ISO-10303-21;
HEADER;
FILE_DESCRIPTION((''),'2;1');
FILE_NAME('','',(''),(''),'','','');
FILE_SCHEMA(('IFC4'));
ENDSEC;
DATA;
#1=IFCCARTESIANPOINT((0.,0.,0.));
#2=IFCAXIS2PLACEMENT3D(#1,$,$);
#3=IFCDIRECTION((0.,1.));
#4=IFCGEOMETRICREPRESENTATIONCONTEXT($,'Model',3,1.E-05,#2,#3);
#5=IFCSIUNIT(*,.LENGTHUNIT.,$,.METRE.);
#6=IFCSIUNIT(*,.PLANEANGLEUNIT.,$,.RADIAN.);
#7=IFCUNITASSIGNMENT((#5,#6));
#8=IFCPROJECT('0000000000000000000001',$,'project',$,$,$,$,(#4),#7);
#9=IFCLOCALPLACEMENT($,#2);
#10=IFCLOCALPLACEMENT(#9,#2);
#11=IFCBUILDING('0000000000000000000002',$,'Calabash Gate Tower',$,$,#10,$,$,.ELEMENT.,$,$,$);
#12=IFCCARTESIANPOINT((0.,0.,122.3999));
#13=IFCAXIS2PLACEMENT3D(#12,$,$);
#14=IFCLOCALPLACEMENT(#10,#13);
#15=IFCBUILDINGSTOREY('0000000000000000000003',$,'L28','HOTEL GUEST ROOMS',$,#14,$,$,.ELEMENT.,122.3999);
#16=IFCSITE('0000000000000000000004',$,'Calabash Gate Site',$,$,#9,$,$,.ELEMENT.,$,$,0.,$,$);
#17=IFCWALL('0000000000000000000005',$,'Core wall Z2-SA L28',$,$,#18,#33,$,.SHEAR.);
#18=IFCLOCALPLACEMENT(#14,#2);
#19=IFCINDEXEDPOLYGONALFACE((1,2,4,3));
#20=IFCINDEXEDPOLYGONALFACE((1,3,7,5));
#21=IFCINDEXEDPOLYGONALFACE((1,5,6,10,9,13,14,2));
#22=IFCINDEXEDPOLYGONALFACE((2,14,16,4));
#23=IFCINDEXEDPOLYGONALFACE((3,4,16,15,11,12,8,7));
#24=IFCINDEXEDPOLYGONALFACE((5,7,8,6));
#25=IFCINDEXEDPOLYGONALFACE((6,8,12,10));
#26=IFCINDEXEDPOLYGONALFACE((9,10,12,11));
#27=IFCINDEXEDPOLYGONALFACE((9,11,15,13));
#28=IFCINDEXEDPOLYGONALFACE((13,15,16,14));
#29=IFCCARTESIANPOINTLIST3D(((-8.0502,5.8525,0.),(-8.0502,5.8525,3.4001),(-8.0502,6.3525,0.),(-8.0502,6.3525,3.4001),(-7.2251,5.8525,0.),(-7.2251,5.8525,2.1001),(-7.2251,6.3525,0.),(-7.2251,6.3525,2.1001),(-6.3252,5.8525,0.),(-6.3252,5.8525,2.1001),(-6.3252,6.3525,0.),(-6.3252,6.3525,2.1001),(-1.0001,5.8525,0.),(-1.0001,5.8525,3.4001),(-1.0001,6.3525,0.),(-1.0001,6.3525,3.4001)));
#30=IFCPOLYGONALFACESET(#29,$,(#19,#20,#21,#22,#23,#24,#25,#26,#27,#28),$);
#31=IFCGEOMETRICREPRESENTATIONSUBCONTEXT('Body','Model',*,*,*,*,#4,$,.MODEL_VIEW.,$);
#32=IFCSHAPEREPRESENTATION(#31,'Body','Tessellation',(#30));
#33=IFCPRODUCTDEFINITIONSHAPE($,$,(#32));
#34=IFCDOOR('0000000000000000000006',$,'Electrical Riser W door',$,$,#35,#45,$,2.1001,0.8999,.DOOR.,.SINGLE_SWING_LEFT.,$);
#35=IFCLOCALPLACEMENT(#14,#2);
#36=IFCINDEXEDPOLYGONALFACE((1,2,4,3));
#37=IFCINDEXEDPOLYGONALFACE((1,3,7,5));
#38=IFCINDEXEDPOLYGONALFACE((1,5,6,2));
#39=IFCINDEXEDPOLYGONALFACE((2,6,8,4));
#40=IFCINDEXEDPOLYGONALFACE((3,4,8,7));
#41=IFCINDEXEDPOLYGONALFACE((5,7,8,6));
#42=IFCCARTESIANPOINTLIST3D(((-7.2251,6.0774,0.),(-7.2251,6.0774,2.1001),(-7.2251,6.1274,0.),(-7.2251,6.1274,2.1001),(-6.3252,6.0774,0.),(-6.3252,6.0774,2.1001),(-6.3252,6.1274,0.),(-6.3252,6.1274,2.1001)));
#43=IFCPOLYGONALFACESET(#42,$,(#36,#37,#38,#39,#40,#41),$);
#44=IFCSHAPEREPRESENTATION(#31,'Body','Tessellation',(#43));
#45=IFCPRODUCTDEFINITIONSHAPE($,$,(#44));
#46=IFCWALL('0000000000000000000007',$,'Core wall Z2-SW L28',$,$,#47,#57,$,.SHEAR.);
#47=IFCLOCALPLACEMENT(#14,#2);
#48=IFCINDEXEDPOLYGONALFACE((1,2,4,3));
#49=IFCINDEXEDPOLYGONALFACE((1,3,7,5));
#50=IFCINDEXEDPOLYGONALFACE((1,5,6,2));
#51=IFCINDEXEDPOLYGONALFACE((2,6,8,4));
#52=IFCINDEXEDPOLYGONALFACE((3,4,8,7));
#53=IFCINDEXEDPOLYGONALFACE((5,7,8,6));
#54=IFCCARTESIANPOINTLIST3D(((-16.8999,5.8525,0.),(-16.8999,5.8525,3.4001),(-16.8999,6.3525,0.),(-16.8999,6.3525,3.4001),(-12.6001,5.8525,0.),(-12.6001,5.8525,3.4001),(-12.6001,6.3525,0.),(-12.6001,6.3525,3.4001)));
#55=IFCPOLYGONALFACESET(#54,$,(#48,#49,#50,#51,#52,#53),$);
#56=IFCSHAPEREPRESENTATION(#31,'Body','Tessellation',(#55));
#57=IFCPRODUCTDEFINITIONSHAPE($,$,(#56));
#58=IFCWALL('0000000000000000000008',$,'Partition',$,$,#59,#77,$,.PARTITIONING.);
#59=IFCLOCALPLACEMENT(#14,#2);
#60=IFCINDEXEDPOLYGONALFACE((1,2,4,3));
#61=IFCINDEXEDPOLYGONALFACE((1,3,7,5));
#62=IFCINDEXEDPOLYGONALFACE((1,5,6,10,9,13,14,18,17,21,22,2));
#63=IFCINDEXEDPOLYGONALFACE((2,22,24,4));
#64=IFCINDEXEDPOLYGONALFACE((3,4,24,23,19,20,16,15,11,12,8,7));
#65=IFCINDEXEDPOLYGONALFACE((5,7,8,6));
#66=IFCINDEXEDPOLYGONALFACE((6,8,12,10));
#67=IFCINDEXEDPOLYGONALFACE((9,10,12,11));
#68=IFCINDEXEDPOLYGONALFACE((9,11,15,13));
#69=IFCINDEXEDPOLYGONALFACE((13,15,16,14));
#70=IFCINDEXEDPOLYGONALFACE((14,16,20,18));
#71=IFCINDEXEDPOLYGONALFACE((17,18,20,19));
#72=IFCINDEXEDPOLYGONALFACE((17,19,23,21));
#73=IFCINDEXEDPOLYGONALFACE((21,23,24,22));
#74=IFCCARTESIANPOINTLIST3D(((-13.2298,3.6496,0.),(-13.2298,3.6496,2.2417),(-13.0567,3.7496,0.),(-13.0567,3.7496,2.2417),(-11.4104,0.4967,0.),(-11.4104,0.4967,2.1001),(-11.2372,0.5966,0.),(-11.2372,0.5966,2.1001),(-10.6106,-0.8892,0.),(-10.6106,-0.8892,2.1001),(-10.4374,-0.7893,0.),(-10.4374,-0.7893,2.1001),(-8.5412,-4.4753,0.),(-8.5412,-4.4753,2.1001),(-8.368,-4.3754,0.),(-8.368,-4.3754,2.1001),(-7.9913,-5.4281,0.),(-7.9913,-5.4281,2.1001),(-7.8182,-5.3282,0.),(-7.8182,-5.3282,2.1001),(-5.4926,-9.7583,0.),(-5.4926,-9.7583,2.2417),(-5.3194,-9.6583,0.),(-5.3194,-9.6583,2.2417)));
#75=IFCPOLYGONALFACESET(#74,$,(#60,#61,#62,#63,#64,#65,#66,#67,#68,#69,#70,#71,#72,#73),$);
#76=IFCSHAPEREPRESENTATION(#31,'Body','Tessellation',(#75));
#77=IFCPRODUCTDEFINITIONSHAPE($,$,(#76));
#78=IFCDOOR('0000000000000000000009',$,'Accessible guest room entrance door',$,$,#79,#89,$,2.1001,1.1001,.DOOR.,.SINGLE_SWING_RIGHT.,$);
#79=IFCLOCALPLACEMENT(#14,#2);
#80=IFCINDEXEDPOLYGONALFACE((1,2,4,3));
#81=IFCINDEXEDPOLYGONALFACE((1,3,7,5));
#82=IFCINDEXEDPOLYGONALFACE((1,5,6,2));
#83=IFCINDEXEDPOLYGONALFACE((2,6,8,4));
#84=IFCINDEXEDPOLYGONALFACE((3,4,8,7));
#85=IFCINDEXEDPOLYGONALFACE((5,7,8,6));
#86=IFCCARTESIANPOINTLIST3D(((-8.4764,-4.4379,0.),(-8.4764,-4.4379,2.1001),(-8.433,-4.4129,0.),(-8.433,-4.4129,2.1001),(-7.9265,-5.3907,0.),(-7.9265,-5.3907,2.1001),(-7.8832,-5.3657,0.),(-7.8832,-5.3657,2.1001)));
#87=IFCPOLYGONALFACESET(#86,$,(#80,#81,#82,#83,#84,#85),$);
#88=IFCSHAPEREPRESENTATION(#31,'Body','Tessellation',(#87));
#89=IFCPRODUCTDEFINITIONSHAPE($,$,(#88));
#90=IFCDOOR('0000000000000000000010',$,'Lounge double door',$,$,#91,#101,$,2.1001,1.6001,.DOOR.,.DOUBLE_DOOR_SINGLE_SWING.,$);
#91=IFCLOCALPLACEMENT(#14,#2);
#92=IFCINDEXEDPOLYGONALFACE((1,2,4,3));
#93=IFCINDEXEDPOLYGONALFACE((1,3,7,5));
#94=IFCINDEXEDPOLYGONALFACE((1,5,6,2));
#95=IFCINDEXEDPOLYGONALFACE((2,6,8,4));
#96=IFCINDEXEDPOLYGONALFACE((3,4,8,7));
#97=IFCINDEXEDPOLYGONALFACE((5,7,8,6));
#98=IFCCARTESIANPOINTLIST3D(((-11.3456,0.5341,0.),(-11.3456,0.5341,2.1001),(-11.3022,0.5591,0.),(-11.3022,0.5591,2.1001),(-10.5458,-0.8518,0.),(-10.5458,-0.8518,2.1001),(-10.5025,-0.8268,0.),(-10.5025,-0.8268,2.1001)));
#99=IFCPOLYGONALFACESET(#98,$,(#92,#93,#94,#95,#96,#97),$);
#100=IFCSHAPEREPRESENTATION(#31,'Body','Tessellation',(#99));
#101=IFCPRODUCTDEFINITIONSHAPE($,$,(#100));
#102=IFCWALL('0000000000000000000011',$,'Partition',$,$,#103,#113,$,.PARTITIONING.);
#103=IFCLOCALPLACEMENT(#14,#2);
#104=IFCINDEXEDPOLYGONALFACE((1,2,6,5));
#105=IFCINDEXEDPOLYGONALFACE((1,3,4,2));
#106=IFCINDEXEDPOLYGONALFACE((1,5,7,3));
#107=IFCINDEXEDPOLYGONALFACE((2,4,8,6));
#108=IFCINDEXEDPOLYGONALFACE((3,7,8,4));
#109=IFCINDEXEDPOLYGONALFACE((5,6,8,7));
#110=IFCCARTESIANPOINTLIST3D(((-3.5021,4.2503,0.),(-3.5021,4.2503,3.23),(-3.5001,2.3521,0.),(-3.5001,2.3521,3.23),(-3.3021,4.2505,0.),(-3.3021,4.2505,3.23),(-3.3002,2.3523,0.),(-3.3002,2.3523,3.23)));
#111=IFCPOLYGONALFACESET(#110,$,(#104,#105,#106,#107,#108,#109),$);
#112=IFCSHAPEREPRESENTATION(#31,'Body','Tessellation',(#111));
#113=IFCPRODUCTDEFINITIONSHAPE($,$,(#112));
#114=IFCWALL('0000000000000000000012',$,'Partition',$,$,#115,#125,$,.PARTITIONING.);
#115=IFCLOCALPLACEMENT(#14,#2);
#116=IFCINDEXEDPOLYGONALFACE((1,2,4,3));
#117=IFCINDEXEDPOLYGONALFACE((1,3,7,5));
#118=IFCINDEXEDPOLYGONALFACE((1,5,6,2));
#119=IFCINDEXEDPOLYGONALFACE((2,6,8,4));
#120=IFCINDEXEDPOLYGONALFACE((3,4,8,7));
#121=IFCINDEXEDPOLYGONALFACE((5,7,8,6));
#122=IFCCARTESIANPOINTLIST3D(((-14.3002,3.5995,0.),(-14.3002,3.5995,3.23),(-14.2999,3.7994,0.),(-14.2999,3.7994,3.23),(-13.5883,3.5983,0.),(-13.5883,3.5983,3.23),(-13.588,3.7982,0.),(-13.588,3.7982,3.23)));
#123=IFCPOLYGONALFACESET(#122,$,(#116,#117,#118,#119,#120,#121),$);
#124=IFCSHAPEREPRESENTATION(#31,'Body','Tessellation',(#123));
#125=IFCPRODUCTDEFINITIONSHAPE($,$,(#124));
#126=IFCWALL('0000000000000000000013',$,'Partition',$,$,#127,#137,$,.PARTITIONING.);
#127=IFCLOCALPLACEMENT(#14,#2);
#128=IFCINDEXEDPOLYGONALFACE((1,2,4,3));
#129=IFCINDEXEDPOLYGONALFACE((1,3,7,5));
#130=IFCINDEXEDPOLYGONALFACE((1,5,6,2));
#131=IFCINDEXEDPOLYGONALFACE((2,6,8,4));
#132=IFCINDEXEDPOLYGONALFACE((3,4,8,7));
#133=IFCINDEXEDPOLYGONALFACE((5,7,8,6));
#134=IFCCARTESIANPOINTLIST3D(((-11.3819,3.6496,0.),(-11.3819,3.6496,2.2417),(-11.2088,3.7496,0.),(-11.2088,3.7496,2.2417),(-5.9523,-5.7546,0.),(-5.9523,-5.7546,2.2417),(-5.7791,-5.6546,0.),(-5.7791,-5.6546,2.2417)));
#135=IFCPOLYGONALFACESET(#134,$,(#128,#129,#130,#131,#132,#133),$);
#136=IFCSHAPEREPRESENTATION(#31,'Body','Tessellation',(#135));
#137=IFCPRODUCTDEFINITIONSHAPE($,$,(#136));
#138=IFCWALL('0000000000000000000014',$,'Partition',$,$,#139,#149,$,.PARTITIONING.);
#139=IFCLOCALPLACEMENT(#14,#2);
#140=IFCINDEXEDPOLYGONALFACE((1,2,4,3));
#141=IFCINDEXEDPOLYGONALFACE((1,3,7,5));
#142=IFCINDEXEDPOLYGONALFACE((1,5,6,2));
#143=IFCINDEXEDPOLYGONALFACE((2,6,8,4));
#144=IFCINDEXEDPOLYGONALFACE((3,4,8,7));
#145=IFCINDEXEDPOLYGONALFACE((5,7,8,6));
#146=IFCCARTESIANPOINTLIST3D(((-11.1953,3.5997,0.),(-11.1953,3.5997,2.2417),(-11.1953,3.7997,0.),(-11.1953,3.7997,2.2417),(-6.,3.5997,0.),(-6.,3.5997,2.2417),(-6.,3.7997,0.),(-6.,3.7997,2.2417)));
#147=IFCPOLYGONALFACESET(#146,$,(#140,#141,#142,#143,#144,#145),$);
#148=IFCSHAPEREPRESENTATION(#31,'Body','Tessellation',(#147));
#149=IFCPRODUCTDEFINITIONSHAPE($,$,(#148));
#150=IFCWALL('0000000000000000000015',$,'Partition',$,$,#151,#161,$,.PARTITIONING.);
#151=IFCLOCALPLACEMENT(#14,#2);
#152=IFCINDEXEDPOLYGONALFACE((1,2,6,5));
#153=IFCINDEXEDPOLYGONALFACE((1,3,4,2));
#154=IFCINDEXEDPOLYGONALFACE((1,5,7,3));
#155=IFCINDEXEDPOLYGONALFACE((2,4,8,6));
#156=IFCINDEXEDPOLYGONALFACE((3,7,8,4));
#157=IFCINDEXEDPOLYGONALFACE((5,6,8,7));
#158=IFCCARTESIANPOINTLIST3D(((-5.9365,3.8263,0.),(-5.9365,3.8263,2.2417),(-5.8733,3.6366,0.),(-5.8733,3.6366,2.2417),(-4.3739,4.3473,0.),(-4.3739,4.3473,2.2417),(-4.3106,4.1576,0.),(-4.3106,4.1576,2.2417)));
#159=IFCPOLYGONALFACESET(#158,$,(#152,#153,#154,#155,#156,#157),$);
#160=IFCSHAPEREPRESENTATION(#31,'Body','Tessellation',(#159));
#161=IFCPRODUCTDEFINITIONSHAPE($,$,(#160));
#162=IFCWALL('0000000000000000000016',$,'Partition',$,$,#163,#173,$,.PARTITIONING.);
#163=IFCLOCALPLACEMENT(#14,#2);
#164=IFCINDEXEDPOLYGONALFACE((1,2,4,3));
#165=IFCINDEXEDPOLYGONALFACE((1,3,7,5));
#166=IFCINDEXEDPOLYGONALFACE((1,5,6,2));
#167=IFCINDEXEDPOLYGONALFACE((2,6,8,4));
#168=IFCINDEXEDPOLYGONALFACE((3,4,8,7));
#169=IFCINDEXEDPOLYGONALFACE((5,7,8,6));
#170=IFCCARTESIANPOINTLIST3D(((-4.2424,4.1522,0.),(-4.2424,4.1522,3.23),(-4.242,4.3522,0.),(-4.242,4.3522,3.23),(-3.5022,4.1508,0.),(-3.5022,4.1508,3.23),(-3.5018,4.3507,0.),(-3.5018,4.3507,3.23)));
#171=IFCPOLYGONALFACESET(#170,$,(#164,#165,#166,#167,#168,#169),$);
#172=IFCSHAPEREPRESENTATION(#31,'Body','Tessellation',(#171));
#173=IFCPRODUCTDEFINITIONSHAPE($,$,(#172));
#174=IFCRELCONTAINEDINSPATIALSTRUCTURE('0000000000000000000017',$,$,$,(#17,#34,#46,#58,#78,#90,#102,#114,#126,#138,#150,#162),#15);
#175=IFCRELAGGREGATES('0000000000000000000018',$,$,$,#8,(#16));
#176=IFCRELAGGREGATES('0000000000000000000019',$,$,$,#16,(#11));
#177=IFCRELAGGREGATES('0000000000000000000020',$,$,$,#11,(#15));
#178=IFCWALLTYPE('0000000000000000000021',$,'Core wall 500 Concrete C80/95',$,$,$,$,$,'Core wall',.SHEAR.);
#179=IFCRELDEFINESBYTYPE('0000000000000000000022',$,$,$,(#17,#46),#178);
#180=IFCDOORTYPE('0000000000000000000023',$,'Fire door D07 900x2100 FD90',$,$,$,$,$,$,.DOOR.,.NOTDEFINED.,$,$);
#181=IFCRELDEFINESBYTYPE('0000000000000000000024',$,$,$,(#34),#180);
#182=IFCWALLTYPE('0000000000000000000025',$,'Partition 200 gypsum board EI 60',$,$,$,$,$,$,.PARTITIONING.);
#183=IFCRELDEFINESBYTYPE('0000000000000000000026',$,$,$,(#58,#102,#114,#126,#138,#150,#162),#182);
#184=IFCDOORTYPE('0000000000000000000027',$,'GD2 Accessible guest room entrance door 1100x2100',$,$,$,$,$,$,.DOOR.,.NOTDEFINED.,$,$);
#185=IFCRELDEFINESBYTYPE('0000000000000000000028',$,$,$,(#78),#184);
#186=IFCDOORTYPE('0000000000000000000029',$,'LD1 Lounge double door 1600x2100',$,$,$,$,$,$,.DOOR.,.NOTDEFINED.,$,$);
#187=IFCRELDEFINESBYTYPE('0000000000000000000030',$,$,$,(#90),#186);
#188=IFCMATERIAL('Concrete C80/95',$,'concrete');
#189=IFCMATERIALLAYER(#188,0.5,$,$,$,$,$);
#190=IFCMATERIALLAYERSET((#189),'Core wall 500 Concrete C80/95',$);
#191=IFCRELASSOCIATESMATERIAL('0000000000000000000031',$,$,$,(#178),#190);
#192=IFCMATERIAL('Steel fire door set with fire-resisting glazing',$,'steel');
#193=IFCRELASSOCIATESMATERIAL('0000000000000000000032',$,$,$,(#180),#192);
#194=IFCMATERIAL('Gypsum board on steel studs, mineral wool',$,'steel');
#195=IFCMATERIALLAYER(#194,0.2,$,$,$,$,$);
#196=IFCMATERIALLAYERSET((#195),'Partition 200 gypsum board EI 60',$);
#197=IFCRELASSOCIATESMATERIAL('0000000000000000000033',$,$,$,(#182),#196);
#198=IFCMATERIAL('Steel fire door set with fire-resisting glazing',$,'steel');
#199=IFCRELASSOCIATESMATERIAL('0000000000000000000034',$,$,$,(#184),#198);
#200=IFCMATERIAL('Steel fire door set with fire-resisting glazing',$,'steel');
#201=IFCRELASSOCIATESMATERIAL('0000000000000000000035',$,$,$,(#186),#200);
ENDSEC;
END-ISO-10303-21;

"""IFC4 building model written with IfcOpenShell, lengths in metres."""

from ifc_helpers import new_model, si_unit, direction, frame, frame_2d, origin, place, context, subcontext, project, spatial, rectangle, extrude, material, layer, layer_set, type_object, element, fill, save


model = new_model("IFC4")

# Units and contexts
model_context = context("Model", 3, precision=1e-05, world=origin(), true_north=direction((0.0, 1.0)))
body_context = subcontext(model_context, "Body", "Model", "MODEL_VIEW")
ifc_project = project(units=[si_unit("LENGTHUNIT", "METRE"), si_unit("PLANEANGLEUNIT", "RADIAN")], contexts=[model_context])

# Site, building, storey
site_placement = place(None, origin())
site = spatial("IfcSite", under=ifc_project, at=site_placement, Name="Calabash Gate Site", CompositionType="ELEMENT", RefElevation=0.0)
building_placement = place(site_placement, origin())
building = spatial("IfcBuilding", under=site, at=building_placement, Name="Calabash Gate Tower", CompositionType="ELEMENT")
storey_placement = place(building_placement, frame((0.0, 0.0, 122.3999)))
storey = spatial("IfcBuildingStorey", under=building, at=storey_placement, Name="L28", Description="HOTEL GUEST ROOMS", CompositionType="ELEMENT", Elevation=122.3999)

# Shared definitions
ifc_material_1 = material(Name="Concrete C80/95", Category="concrete")
ifc_layer_1 = layer(ifc_material_1, 0.5)
ifc_layer_set_1 = layer_set([ifc_layer_1], Name="Core wall 500 Concrete C80/95")
wall_type_1 = type_object("IfcWallType", Name="Core wall 500 Concrete C80/95", ElementType="Core wall", PredefinedType="SHEAR", material=ifc_layer_set_1)

# Wall, opening, door
wall_1_placement = place(storey_placement, frame((-8.05, 6.1025, 0.0), z_axis=(0.0, 0.0, 1.0), x_axis=(1.0, 0.0, 0.0)))
wall_1 = element("IfcWall", 1, at=wall_1_placement, inside=storey, type_object=wall_type_1, Name="Core wall Z2-SA L28", PredefinedType="SHEAR", context=body_context, shape_type="SweptSolid", body=[
    extrude(rectangle(XDim=7.05, YDim=0.5, at=frame_2d((3.5249, 0.0))), origin(), (0.0, 0.0, 1.0), 3.4001),
])
opening_1_placement = place(wall_1_placement, frame((0.825, 0.0, 0.0)))
opening_1 = element("IfcOpeningElement", 2, at=opening_1_placement, cuts=wall_1, PredefinedType="OPENING", context=body_context, shape_type="SweptSolid", body=[
    extrude(rectangle(XDim=0.8999, YDim=2.1001, at=frame_2d((0.45, 1.05))), frame((0.0, 0.26, 0.0), z_axis=(0.0, -1.0, 0.0), x_axis=(1.0, 0.0, 0.0)), (0.0, 0.0, 1.0), 0.52),
])
ifc_material_2 = material(Name="Steel fire door set with fire-resisting glazing", Category="steel")
door_type_1 = type_object("IfcDoorType", Name="Fire door D07 900x2100 FD90", OperationType="NOTDEFINED", PredefinedType="DOOR", material=ifc_material_2)
door_1_placement = place(opening_1_placement, origin())
door_1 = element("IfcDoor", 3, at=door_1_placement, inside=storey, type_object=door_type_1, Name="Electrical Riser W door", OperationType="SINGLE_SWING_LEFT", OverallHeight=2.1001, OverallWidth=0.8999, PredefinedType="DOOR", context=body_context, shape_type="SweptSolid", body=[
    extrude(rectangle(XDim=0.8999, YDim=2.1001, at=frame_2d((0.45, 1.05))), frame((0.0, 0.0249, 0.0), z_axis=(0.0, -1.0, 0.0), x_axis=(1.0, 0.0, 0.0)), (0.0, 0.0, 1.0), 0.05),
])
fill(opening_1, door_1)

# Wall
wall_2_placement = place(storey_placement, frame((-12.6001, 6.1025, 0.0), z_axis=(0.0, 0.0, 1.0), x_axis=(-1.0, 0.0, 0.0)))
element("IfcWall", 4, at=wall_2_placement, inside=storey, type_object=wall_type_1, Name="Core wall Z2-SW L28", PredefinedType="SHEAR", context=body_context, shape_type="SweptSolid", body=[
    extrude(rectangle(XDim=4.2998, YDim=0.5, at=frame_2d((2.1499, 0.0))), origin(), (0.0, 0.0, 1.0), 3.4001),
])

# Wall, openings, doors
ifc_material_3 = material(Name="Gypsum board on steel studs, mineral wool", Category="steel")
ifc_layer_2 = layer(ifc_material_3, 0.2)
ifc_layer_set_2 = layer_set([ifc_layer_2], Name="Partition 200 gypsum board EI 60")
wall_type_2 = type_object("IfcWallType", Name="Partition 200 gypsum board EI 60", PredefinedType="PARTITIONING", material=ifc_layer_set_2)
wall_3_placement = place(storey_placement, frame((-13.1433, 3.6997, 0.0), z_axis=(0.0, 0.0, 1.0), x_axis=(0.499817, -0.866131, 0.0)))
wall_3 = element("IfcWall", 5, at=wall_3_placement, inside=storey, type_object=wall_type_2, Name="Partition", PredefinedType="PARTITIONING", context=body_context, shape_type="SweptSolid", body=[
    extrude(rectangle(XDim=15.4802, YDim=0.2, at=frame_2d((7.7402, 0.0))), origin(), (0.0, 0.0, 1.0), 2.2417),
])
opening_2_placement = place(wall_3_placement, frame((3.6404, 0.0, 0.0)))
opening_2 = element("IfcOpeningElement", 6, at=opening_2_placement, cuts=wall_3, PredefinedType="OPENING", context=body_context, shape_type="SweptSolid", body=[
    extrude(rectangle(XDim=1.6001, YDim=2.1001, at=frame_2d((0.8, 1.05))), frame((0.0, 0.1099, 0.0), z_axis=(0.0, -1.0, 0.0), x_axis=(1.0, 0.0, 0.0)), (0.0, 0.0, 1.0), 0.22),
])
opening_3_placement = place(wall_3_placement, frame((9.3809, 0.0, 0.0)))
opening_3 = element("IfcOpeningElement", 7, at=opening_3_placement, cuts=wall_3, PredefinedType="OPENING", context=body_context, shape_type="SweptSolid", body=[
    extrude(rectangle(XDim=1.1001, YDim=2.1001, at=frame_2d((0.55, 1.05))), frame((0.0, 0.1099, 0.0), z_axis=(0.0, -1.0, 0.0), x_axis=(1.0, 0.0, 0.0)), (0.0, 0.0, 1.0), 0.22),
])
ifc_material_4 = material(Name="Steel fire door set with fire-resisting glazing", Category="steel")
door_type_2 = type_object("IfcDoorType", Name="GD2 Accessible guest room entrance door 1100x2100", OperationType="NOTDEFINED", PredefinedType="DOOR", material=ifc_material_4)
door_2_placement = place(opening_3_placement, origin())
door_2 = element("IfcDoor", 8, at=door_2_placement, inside=storey, type_object=door_type_2, Name="Accessible guest room entrance door", OperationType="SINGLE_SWING_RIGHT", OverallHeight=2.1001, OverallWidth=1.1001, PredefinedType="DOOR", context=body_context, shape_type="SweptSolid", body=[
    extrude(rectangle(XDim=1.1001, YDim=2.1001, at=frame_2d((0.55, 1.05))), frame((0.0, 0.0249, 0.0), z_axis=(0.0, -1.0, 0.0), x_axis=(1.0, 0.0, 0.0)), (0.0, 0.0, 1.0), 0.05),
])
fill(opening_3, door_2)
ifc_material_5 = material(Name="Steel fire door set with fire-resisting glazing", Category="steel")
door_type_3 = type_object("IfcDoorType", Name="LD1 Lounge double door 1600x2100", OperationType="NOTDEFINED", PredefinedType="DOOR", material=ifc_material_5)
door_3_placement = place(opening_2_placement, origin())
door_3 = element("IfcDoor", 9, at=door_3_placement, inside=storey, type_object=door_type_3, Name="Lounge double door", OperationType="DOUBLE_DOOR_SINGLE_SWING", OverallHeight=2.1001, OverallWidth=1.6001, PredefinedType="DOOR", context=body_context, shape_type="SweptSolid", body=[
    extrude(rectangle(XDim=1.6001, YDim=2.1001, at=frame_2d((0.8, 1.05))), frame((0.0, 0.0249, 0.0), z_axis=(0.0, -1.0, 0.0), x_axis=(1.0, 0.0, 0.0)), (0.0, 0.0, 1.0), 0.05),
])
fill(opening_2, door_3)

# Walls
wall_4_placement = place(storey_placement, frame((-3.4021, 4.2505, 0.0), z_axis=(0.0, 0.0, 1.0), x_axis=(0.001029, -0.999999, 0.0)))
element("IfcWall", 10, at=wall_4_placement, inside=storey, type_object=wall_type_2, Name="Partition", PredefinedType="PARTITIONING", context=body_context, shape_type="SweptSolid", body=[
    extrude(rectangle(XDim=1.8982, YDim=0.2, at=frame_2d((0.9492, 0.0))), origin(), (0.0, 0.0, 1.0), 3.23),
])
wall_5_placement = place(storey_placement, frame((-14.3, 3.6995, 0.0), z_axis=(0.0, 0.0, 1.0), x_axis=(0.999999, -0.001715, 0.0)))
element("IfcWall", 11, at=wall_5_placement, inside=storey, type_object=wall_type_2, Name="Partition", PredefinedType="PARTITIONING", context=body_context, shape_type="SweptSolid", body=[
    extrude(rectangle(XDim=0.7119, YDim=0.2, at=frame_2d((0.356, 0.0))), origin(), (0.0, 0.0, 1.0), 3.23),
])
wall_6_placement = place(storey_placement, frame((-11.2954, 3.6997, 0.0), z_axis=(0.0, 0.0, 1.0), x_axis=(0.500008, -0.866021, 0.0)))
element("IfcWall", 12, at=wall_6_placement, inside=storey, type_object=wall_type_2, Name="Partition", PredefinedType="PARTITIONING", context=body_context, shape_type="SweptSolid", body=[
    extrude(rectangle(XDim=10.8591, YDim=0.2, at=frame_2d((5.4297, 0.0))), origin(), (0.0, 0.0, 1.0), 2.2417),
])
wall_7_placement = place(storey_placement, frame((-11.1953, 3.6997, 0.0), z_axis=(0.0, 0.0, 1.0), x_axis=(1.0, 0.0, 0.0)))
element("IfcWall", 13, at=wall_7_placement, inside=storey, type_object=wall_type_2, Name="Partition", PredefinedType="PARTITIONING", context=body_context, shape_type="SweptSolid", body=[
    extrude(rectangle(XDim=5.1953, YDim=0.2, at=frame_2d((2.5977, 0.0))), origin(), (0.0, 0.0, 1.0), 2.2417),
])
wall_8_placement = place(storey_placement, frame((-5.905, 3.7314, 0.0), z_axis=(0.0, 0.0, 1.0), x_axis=(0.948668, 0.316272, 0.0)))
element("IfcWall", 14, at=wall_8_placement, inside=storey, type_object=wall_type_2, Name="Partition", PredefinedType="PARTITIONING", context=body_context, shape_type="SweptSolid", body=[
    extrude(rectangle(XDim=1.6472, YDim=0.2, at=frame_2d((0.8237, 0.0))), origin(), (0.0, 0.0, 1.0), 2.2417),
])
wall_9_placement = place(storey_placement, frame((-4.2422, 4.2522, 0.0), z_axis=(0.0, 0.0, 1.0), x_axis=(0.999998, -0.001979, 0.0)))
element("IfcWall", 15, at=wall_9_placement, inside=storey, type_object=wall_type_2, Name="Partition", PredefinedType="PARTITIONING", context=body_context, shape_type="SweptSolid", body=[
    extrude(rectangle(XDim=0.7402, YDim=0.2, at=frame_2d((0.3701, 0.0))), origin(), (0.0, 0.0, 1.0), 3.23),
])

save(model, "model.ifc")
